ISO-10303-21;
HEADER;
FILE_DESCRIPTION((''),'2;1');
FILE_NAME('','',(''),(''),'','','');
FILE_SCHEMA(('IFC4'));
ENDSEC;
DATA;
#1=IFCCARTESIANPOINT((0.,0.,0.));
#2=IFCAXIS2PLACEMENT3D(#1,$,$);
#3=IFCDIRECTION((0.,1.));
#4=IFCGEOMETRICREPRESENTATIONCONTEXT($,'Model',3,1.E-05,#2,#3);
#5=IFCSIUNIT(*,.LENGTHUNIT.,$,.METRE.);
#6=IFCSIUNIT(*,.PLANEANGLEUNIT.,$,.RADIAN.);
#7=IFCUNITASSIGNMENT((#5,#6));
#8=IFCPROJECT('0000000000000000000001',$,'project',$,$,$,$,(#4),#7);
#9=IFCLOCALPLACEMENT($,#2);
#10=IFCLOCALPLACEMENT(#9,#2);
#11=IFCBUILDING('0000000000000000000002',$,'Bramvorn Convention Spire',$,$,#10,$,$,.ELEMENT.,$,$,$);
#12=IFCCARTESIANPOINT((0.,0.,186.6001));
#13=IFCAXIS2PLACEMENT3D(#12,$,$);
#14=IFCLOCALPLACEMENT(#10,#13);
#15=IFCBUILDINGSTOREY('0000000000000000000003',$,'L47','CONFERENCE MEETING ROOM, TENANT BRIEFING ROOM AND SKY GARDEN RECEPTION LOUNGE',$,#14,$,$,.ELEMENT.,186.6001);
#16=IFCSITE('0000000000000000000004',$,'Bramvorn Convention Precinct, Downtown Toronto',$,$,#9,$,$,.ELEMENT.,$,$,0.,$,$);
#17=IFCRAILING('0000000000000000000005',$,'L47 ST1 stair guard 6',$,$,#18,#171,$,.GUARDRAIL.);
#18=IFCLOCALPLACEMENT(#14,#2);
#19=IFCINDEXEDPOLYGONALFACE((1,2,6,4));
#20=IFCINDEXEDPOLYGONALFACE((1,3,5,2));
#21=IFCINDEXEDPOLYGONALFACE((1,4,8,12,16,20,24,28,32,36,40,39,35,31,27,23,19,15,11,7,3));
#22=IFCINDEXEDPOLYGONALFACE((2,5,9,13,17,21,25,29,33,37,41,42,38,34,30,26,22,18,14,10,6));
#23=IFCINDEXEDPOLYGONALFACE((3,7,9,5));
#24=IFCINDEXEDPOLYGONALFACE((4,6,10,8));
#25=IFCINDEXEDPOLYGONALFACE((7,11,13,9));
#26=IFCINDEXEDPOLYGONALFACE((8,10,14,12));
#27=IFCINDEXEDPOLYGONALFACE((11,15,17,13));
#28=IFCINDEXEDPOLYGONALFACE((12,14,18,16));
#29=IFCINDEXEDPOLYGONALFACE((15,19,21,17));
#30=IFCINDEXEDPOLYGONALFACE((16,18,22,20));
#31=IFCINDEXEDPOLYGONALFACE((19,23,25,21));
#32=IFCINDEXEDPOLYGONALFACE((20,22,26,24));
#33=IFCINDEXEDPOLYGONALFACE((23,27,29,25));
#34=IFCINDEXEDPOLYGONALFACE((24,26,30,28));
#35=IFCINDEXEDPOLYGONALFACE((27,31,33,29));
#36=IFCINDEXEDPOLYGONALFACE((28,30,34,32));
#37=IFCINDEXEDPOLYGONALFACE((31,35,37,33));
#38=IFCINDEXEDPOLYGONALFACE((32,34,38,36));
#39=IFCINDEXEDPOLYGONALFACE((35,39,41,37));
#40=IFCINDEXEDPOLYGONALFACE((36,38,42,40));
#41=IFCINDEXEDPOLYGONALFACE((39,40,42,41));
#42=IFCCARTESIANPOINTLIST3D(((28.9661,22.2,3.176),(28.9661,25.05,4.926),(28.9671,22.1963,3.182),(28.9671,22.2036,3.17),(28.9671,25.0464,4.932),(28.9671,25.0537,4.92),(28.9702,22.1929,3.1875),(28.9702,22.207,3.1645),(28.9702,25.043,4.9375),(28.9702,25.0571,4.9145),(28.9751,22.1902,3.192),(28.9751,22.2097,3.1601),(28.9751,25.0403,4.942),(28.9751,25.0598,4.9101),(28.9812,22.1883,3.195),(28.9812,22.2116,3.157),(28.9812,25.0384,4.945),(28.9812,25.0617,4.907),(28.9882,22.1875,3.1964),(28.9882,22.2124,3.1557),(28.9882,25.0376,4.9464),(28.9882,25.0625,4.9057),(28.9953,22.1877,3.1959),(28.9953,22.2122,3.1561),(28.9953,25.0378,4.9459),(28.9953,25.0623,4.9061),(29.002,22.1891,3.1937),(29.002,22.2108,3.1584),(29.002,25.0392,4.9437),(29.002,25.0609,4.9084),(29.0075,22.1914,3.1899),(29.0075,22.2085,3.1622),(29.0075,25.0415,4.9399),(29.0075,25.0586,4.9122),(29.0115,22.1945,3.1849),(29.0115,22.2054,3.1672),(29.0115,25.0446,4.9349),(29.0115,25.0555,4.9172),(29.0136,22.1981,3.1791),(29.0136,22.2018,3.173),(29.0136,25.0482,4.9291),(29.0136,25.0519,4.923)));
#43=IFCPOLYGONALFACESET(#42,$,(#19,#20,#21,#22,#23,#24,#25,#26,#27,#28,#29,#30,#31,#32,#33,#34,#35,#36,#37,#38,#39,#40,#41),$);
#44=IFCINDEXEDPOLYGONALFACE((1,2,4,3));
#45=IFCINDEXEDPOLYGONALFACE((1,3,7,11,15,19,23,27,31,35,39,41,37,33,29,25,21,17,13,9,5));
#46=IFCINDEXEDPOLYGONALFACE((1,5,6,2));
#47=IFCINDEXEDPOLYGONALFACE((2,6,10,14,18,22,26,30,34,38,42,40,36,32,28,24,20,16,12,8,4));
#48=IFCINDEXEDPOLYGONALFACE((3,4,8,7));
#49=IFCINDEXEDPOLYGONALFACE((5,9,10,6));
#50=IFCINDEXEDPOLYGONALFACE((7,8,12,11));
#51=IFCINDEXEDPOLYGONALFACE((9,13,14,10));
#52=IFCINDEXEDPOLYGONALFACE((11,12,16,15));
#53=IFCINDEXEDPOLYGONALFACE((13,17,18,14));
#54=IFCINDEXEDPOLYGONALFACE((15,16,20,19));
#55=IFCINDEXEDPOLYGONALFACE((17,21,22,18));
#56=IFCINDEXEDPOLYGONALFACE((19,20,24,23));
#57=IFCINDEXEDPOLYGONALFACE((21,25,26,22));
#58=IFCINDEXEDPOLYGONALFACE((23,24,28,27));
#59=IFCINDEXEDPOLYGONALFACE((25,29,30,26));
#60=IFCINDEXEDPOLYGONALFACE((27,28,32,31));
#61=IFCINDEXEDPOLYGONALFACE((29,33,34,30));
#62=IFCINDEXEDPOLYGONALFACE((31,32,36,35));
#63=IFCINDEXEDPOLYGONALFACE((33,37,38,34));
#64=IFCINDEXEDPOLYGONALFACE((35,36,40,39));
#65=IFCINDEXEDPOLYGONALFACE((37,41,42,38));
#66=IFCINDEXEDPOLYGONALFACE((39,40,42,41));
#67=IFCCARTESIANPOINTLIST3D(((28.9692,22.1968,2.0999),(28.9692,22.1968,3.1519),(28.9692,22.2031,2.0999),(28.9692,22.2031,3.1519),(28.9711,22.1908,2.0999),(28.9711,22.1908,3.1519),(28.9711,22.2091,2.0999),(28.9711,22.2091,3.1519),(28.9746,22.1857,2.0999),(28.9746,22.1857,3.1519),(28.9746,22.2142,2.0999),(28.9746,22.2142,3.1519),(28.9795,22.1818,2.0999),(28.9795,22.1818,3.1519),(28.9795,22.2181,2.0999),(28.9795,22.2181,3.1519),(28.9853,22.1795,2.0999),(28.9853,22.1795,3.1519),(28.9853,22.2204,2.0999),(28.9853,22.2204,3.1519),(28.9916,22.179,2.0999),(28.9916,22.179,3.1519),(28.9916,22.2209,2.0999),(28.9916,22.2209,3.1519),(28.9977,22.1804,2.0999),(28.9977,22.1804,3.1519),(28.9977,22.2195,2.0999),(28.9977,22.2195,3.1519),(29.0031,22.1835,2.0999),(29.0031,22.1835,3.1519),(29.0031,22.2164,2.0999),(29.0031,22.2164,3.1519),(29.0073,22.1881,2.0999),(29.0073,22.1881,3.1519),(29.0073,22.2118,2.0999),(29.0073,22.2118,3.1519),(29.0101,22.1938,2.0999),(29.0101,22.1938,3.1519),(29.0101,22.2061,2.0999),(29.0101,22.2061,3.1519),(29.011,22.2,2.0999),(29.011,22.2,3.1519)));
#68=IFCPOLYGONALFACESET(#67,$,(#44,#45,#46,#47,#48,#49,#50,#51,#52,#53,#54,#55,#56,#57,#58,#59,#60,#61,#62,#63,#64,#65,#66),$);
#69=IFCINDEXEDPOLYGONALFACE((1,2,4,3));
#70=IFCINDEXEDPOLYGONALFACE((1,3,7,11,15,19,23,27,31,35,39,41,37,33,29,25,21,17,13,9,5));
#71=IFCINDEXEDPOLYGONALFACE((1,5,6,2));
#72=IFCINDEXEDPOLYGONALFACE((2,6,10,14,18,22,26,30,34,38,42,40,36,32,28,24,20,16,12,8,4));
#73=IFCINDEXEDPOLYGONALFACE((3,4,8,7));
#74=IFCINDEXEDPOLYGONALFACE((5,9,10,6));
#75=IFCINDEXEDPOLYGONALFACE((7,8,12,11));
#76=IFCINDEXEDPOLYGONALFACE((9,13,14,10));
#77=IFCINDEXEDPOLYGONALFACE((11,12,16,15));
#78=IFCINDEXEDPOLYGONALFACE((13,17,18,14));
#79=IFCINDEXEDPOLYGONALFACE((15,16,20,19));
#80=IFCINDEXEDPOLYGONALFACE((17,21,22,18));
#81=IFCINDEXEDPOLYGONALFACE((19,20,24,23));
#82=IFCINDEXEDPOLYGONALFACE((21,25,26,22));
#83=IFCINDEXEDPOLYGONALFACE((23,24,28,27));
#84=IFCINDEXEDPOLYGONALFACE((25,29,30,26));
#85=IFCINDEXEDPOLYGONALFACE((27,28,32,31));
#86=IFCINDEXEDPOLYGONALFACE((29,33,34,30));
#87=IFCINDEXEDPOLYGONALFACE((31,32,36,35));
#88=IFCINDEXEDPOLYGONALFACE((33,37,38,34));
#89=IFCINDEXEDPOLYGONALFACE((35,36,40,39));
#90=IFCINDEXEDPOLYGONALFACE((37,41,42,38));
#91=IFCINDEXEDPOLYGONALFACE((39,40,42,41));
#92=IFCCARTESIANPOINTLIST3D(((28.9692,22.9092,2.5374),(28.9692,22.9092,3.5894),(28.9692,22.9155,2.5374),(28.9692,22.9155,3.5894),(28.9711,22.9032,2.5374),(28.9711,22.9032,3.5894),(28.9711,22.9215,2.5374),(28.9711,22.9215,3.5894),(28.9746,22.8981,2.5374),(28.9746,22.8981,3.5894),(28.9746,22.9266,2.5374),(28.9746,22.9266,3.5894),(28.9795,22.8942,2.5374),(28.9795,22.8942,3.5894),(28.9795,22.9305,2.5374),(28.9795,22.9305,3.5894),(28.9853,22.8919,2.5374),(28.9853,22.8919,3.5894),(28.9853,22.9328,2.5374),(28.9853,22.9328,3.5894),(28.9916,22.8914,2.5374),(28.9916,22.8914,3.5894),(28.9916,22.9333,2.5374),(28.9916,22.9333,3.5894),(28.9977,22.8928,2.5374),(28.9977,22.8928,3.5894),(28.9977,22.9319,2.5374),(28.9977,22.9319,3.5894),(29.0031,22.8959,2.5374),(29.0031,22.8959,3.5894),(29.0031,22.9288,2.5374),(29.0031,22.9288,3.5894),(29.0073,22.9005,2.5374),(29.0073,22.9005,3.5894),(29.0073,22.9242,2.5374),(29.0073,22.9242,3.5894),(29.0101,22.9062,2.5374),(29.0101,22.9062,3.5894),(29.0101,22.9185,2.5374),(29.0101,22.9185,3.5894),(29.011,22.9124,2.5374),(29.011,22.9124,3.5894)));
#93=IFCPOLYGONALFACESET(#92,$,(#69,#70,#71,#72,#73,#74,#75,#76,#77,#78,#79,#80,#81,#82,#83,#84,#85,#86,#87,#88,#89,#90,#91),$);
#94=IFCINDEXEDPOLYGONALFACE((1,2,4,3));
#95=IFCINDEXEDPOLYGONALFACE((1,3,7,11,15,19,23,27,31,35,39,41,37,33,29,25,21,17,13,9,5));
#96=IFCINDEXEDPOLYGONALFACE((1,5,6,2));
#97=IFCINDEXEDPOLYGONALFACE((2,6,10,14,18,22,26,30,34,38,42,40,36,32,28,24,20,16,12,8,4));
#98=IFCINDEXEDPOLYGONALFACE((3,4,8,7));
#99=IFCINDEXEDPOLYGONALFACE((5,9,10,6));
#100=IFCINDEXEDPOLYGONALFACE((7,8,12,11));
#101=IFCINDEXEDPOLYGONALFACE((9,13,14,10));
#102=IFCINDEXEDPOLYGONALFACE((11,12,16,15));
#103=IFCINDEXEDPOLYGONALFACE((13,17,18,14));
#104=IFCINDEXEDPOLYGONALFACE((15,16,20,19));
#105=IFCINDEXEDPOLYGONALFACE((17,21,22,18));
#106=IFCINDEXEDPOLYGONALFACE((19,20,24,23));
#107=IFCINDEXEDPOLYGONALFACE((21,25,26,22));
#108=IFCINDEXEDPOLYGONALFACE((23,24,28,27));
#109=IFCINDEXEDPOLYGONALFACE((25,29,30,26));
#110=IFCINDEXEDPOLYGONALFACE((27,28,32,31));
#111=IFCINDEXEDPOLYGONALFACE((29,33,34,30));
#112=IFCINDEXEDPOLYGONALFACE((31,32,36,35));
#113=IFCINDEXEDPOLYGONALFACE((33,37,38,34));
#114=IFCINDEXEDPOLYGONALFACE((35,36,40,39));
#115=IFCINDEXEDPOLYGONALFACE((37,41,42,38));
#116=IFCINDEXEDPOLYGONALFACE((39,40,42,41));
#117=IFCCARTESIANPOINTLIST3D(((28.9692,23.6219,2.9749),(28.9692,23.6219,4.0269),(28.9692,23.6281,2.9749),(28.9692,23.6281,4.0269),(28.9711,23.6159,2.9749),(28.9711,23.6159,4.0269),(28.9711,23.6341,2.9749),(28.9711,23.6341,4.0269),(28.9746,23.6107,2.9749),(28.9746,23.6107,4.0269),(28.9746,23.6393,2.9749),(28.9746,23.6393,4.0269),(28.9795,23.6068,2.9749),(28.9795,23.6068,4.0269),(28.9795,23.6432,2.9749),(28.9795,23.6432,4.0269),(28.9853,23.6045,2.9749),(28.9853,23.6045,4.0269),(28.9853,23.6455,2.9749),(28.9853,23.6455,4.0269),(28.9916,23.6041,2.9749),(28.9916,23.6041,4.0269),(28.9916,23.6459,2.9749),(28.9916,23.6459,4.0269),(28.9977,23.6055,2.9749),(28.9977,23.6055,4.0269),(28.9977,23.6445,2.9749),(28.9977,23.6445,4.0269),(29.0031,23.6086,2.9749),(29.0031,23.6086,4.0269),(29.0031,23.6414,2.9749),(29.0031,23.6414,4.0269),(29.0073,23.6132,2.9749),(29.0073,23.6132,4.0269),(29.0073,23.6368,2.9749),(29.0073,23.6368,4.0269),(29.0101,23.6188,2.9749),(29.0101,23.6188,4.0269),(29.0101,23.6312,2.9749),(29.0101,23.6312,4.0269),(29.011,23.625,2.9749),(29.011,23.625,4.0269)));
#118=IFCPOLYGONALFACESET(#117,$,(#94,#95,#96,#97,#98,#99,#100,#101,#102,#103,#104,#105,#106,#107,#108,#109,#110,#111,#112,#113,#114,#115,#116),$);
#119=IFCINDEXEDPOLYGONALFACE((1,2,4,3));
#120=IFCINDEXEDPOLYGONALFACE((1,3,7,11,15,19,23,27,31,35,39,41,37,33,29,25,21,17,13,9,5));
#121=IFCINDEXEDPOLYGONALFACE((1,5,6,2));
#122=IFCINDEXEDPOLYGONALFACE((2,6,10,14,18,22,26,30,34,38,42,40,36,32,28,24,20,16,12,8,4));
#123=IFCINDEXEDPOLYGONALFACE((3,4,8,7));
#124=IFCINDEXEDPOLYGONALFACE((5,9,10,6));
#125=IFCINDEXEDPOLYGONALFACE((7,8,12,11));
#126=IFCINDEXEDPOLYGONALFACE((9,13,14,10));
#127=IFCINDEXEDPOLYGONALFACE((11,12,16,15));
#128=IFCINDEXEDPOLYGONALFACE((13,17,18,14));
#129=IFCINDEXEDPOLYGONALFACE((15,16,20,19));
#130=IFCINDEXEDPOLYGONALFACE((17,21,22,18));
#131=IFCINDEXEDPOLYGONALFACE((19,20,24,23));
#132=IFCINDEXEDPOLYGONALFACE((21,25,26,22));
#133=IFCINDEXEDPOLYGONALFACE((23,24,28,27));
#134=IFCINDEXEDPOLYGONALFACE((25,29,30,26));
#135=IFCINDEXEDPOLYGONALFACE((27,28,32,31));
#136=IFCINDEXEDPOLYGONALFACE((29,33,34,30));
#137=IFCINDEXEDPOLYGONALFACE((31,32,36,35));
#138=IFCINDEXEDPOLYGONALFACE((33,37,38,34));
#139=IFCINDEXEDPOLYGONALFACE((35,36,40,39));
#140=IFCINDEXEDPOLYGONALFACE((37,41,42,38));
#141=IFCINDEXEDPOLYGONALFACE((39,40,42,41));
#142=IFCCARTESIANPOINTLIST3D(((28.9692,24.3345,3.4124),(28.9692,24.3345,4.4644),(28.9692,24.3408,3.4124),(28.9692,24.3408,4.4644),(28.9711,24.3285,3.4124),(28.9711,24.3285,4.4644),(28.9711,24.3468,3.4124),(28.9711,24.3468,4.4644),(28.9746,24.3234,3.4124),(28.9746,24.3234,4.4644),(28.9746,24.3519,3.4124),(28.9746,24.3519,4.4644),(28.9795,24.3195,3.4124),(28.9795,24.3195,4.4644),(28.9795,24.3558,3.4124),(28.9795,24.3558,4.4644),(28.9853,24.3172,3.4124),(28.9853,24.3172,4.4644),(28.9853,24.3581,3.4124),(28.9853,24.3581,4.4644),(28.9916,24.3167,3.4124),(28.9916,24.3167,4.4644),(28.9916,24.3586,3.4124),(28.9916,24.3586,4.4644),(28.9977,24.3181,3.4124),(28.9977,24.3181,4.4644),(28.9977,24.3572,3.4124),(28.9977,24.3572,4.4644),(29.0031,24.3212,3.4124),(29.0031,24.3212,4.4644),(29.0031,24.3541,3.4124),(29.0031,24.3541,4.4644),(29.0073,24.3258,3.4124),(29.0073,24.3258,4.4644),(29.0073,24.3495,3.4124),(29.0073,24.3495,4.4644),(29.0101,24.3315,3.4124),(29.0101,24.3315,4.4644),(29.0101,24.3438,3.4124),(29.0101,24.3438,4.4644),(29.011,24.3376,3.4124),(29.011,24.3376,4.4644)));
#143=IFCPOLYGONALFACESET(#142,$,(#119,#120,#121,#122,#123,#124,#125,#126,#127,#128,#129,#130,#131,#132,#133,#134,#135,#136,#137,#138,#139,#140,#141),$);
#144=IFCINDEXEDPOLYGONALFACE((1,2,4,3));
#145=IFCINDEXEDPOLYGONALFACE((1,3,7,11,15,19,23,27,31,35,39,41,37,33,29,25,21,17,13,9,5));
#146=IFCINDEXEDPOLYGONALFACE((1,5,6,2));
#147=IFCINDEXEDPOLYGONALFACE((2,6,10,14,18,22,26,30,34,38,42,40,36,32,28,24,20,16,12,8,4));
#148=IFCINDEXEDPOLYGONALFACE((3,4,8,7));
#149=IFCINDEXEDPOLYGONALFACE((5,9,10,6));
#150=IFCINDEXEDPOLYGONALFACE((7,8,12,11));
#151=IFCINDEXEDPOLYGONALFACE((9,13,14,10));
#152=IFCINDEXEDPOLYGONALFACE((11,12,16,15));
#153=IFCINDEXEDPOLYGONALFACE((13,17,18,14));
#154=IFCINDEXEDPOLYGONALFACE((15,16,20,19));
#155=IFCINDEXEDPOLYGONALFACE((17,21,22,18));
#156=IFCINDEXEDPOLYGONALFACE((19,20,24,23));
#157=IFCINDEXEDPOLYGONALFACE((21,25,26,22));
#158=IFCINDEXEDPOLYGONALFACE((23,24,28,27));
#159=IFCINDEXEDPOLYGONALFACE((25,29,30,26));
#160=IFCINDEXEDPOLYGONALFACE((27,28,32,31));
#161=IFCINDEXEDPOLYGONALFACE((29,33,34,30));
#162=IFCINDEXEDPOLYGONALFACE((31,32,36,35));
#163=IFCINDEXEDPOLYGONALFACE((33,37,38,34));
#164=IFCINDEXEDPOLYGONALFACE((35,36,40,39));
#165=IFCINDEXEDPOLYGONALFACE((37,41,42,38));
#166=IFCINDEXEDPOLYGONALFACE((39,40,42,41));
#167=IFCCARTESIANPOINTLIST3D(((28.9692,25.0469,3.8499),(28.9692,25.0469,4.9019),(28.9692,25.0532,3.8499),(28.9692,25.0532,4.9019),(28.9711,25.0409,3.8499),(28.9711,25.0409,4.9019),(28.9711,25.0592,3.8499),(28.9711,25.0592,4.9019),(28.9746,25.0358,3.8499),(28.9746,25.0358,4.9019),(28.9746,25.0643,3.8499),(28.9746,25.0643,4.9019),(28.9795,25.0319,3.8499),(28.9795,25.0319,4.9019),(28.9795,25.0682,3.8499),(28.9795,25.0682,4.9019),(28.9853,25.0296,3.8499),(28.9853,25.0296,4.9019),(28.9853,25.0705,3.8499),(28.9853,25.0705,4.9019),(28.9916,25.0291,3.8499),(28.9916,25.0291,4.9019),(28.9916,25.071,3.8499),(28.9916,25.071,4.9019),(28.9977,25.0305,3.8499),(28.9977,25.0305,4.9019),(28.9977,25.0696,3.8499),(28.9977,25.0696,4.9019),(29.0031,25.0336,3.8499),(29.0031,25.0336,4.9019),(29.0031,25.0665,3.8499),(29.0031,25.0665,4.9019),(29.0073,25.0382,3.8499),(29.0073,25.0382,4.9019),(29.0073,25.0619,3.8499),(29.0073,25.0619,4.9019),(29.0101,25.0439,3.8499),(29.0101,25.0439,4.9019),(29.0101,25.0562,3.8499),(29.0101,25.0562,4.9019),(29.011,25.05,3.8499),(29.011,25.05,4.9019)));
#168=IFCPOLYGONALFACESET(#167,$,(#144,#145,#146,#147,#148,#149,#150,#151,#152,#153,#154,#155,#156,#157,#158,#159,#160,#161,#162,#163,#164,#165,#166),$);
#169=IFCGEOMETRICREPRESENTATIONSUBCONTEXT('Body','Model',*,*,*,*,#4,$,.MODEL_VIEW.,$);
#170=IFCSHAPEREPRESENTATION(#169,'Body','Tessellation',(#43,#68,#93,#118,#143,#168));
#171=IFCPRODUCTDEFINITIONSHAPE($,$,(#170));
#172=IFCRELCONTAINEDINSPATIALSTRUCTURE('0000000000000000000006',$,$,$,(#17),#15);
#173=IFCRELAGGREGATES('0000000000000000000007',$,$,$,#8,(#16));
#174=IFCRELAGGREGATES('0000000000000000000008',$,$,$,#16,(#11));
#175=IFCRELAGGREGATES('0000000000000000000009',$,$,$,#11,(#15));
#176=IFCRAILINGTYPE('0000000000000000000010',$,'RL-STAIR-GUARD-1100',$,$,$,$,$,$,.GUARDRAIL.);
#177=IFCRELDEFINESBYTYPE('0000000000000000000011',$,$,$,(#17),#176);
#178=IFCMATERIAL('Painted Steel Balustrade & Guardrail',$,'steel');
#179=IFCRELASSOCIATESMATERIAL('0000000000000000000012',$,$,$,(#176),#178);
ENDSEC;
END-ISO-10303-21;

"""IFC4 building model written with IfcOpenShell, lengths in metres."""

from ifc_helpers import new_model, si_unit, direction, frame, origin, origin_2d, place, context, subcontext, project, spatial, circle, extrude, material, type_object, element, save


model = new_model("IFC4")

# Units and contexts
model_context = context("Model", 3, precision=1e-05, world=origin(), true_north=direction((0.0, 1.0)))
body_context = subcontext(model_context, "Body", "Model", "MODEL_VIEW")
ifc_project = project(units=[si_unit("LENGTHUNIT", "METRE"), si_unit("PLANEANGLEUNIT", "RADIAN")], contexts=[model_context])

# Site, building, storey
site_placement = place(None, origin())
site = spatial("IfcSite", under=ifc_project, at=site_placement, Name="Bramvorn Convention Precinct, Downtown Toronto", CompositionType="ELEMENT", RefElevation=0.0)
building_placement = place(site_placement, origin())
building = spatial("IfcBuilding", under=site, at=building_placement, Name="Bramvorn Convention Spire", CompositionType="ELEMENT")
storey_placement = place(building_placement, frame((0.0, 0.0, 186.6001)))
storey = spatial("IfcBuildingStorey", under=building, at=storey_placement, Name="L47", Description="CONFERENCE MEETING ROOM, TENANT BRIEFING ROOM AND SKY GARDEN RECEPTION LOUNGE", CompositionType="ELEMENT", Elevation=186.6001)

# Railing
ifc_material_1 = material(Name="Painted Steel Balustrade & Guardrail", Category="steel")
railing_type_1 = type_object("IfcRailingType", Name="RL-STAIR-GUARD-1100", PredefinedType="GUARDRAIL", material=ifc_material_1)
railing_1_placement = place(storey_placement, frame((28.99, 22.2, 2.0999)))
element("IfcRailing", 1, at=railing_1_placement, inside=storey, type_object=railing_type_1, Name="L47 ST1 stair guard 6", PredefinedType="GUARDRAIL", context=body_context, shape_type="SweptSolid", body=[
    extrude(circle(Radius=0.0239, at=origin_2d()), frame((0.0, 0.0, 1.0762), z_axis=(0.0, 0.852179, 0.52325), x_axis=(-1.0, 0.0, 0.0)), (0.0, 0.0, 1.0), 3.3445),
    extrude(circle(Radius=0.021, at=origin_2d()), origin(), (0.0, 0.0, 1.0), 1.052),
    extrude(circle(Radius=0.021, at=origin_2d()), frame((0.0, 0.7124, 0.4375)), (0.0, 0.0, 1.0), 1.052),
    extrude(circle(Radius=0.021, at=origin_2d()), frame((0.0, 1.425, 0.875)), (0.0, 0.0, 1.0), 1.052),
    extrude(circle(Radius=0.021, at=origin_2d()), frame((0.0, 2.1377, 1.3125)), (0.0, 0.0, 1.0), 1.052),
    extrude(circle(Radius=0.021, at=origin_2d()), frame((0.0, 2.8501, 1.75)), (0.0, 0.0, 1.0), 1.052),
])

save(model, "model.ifc")
